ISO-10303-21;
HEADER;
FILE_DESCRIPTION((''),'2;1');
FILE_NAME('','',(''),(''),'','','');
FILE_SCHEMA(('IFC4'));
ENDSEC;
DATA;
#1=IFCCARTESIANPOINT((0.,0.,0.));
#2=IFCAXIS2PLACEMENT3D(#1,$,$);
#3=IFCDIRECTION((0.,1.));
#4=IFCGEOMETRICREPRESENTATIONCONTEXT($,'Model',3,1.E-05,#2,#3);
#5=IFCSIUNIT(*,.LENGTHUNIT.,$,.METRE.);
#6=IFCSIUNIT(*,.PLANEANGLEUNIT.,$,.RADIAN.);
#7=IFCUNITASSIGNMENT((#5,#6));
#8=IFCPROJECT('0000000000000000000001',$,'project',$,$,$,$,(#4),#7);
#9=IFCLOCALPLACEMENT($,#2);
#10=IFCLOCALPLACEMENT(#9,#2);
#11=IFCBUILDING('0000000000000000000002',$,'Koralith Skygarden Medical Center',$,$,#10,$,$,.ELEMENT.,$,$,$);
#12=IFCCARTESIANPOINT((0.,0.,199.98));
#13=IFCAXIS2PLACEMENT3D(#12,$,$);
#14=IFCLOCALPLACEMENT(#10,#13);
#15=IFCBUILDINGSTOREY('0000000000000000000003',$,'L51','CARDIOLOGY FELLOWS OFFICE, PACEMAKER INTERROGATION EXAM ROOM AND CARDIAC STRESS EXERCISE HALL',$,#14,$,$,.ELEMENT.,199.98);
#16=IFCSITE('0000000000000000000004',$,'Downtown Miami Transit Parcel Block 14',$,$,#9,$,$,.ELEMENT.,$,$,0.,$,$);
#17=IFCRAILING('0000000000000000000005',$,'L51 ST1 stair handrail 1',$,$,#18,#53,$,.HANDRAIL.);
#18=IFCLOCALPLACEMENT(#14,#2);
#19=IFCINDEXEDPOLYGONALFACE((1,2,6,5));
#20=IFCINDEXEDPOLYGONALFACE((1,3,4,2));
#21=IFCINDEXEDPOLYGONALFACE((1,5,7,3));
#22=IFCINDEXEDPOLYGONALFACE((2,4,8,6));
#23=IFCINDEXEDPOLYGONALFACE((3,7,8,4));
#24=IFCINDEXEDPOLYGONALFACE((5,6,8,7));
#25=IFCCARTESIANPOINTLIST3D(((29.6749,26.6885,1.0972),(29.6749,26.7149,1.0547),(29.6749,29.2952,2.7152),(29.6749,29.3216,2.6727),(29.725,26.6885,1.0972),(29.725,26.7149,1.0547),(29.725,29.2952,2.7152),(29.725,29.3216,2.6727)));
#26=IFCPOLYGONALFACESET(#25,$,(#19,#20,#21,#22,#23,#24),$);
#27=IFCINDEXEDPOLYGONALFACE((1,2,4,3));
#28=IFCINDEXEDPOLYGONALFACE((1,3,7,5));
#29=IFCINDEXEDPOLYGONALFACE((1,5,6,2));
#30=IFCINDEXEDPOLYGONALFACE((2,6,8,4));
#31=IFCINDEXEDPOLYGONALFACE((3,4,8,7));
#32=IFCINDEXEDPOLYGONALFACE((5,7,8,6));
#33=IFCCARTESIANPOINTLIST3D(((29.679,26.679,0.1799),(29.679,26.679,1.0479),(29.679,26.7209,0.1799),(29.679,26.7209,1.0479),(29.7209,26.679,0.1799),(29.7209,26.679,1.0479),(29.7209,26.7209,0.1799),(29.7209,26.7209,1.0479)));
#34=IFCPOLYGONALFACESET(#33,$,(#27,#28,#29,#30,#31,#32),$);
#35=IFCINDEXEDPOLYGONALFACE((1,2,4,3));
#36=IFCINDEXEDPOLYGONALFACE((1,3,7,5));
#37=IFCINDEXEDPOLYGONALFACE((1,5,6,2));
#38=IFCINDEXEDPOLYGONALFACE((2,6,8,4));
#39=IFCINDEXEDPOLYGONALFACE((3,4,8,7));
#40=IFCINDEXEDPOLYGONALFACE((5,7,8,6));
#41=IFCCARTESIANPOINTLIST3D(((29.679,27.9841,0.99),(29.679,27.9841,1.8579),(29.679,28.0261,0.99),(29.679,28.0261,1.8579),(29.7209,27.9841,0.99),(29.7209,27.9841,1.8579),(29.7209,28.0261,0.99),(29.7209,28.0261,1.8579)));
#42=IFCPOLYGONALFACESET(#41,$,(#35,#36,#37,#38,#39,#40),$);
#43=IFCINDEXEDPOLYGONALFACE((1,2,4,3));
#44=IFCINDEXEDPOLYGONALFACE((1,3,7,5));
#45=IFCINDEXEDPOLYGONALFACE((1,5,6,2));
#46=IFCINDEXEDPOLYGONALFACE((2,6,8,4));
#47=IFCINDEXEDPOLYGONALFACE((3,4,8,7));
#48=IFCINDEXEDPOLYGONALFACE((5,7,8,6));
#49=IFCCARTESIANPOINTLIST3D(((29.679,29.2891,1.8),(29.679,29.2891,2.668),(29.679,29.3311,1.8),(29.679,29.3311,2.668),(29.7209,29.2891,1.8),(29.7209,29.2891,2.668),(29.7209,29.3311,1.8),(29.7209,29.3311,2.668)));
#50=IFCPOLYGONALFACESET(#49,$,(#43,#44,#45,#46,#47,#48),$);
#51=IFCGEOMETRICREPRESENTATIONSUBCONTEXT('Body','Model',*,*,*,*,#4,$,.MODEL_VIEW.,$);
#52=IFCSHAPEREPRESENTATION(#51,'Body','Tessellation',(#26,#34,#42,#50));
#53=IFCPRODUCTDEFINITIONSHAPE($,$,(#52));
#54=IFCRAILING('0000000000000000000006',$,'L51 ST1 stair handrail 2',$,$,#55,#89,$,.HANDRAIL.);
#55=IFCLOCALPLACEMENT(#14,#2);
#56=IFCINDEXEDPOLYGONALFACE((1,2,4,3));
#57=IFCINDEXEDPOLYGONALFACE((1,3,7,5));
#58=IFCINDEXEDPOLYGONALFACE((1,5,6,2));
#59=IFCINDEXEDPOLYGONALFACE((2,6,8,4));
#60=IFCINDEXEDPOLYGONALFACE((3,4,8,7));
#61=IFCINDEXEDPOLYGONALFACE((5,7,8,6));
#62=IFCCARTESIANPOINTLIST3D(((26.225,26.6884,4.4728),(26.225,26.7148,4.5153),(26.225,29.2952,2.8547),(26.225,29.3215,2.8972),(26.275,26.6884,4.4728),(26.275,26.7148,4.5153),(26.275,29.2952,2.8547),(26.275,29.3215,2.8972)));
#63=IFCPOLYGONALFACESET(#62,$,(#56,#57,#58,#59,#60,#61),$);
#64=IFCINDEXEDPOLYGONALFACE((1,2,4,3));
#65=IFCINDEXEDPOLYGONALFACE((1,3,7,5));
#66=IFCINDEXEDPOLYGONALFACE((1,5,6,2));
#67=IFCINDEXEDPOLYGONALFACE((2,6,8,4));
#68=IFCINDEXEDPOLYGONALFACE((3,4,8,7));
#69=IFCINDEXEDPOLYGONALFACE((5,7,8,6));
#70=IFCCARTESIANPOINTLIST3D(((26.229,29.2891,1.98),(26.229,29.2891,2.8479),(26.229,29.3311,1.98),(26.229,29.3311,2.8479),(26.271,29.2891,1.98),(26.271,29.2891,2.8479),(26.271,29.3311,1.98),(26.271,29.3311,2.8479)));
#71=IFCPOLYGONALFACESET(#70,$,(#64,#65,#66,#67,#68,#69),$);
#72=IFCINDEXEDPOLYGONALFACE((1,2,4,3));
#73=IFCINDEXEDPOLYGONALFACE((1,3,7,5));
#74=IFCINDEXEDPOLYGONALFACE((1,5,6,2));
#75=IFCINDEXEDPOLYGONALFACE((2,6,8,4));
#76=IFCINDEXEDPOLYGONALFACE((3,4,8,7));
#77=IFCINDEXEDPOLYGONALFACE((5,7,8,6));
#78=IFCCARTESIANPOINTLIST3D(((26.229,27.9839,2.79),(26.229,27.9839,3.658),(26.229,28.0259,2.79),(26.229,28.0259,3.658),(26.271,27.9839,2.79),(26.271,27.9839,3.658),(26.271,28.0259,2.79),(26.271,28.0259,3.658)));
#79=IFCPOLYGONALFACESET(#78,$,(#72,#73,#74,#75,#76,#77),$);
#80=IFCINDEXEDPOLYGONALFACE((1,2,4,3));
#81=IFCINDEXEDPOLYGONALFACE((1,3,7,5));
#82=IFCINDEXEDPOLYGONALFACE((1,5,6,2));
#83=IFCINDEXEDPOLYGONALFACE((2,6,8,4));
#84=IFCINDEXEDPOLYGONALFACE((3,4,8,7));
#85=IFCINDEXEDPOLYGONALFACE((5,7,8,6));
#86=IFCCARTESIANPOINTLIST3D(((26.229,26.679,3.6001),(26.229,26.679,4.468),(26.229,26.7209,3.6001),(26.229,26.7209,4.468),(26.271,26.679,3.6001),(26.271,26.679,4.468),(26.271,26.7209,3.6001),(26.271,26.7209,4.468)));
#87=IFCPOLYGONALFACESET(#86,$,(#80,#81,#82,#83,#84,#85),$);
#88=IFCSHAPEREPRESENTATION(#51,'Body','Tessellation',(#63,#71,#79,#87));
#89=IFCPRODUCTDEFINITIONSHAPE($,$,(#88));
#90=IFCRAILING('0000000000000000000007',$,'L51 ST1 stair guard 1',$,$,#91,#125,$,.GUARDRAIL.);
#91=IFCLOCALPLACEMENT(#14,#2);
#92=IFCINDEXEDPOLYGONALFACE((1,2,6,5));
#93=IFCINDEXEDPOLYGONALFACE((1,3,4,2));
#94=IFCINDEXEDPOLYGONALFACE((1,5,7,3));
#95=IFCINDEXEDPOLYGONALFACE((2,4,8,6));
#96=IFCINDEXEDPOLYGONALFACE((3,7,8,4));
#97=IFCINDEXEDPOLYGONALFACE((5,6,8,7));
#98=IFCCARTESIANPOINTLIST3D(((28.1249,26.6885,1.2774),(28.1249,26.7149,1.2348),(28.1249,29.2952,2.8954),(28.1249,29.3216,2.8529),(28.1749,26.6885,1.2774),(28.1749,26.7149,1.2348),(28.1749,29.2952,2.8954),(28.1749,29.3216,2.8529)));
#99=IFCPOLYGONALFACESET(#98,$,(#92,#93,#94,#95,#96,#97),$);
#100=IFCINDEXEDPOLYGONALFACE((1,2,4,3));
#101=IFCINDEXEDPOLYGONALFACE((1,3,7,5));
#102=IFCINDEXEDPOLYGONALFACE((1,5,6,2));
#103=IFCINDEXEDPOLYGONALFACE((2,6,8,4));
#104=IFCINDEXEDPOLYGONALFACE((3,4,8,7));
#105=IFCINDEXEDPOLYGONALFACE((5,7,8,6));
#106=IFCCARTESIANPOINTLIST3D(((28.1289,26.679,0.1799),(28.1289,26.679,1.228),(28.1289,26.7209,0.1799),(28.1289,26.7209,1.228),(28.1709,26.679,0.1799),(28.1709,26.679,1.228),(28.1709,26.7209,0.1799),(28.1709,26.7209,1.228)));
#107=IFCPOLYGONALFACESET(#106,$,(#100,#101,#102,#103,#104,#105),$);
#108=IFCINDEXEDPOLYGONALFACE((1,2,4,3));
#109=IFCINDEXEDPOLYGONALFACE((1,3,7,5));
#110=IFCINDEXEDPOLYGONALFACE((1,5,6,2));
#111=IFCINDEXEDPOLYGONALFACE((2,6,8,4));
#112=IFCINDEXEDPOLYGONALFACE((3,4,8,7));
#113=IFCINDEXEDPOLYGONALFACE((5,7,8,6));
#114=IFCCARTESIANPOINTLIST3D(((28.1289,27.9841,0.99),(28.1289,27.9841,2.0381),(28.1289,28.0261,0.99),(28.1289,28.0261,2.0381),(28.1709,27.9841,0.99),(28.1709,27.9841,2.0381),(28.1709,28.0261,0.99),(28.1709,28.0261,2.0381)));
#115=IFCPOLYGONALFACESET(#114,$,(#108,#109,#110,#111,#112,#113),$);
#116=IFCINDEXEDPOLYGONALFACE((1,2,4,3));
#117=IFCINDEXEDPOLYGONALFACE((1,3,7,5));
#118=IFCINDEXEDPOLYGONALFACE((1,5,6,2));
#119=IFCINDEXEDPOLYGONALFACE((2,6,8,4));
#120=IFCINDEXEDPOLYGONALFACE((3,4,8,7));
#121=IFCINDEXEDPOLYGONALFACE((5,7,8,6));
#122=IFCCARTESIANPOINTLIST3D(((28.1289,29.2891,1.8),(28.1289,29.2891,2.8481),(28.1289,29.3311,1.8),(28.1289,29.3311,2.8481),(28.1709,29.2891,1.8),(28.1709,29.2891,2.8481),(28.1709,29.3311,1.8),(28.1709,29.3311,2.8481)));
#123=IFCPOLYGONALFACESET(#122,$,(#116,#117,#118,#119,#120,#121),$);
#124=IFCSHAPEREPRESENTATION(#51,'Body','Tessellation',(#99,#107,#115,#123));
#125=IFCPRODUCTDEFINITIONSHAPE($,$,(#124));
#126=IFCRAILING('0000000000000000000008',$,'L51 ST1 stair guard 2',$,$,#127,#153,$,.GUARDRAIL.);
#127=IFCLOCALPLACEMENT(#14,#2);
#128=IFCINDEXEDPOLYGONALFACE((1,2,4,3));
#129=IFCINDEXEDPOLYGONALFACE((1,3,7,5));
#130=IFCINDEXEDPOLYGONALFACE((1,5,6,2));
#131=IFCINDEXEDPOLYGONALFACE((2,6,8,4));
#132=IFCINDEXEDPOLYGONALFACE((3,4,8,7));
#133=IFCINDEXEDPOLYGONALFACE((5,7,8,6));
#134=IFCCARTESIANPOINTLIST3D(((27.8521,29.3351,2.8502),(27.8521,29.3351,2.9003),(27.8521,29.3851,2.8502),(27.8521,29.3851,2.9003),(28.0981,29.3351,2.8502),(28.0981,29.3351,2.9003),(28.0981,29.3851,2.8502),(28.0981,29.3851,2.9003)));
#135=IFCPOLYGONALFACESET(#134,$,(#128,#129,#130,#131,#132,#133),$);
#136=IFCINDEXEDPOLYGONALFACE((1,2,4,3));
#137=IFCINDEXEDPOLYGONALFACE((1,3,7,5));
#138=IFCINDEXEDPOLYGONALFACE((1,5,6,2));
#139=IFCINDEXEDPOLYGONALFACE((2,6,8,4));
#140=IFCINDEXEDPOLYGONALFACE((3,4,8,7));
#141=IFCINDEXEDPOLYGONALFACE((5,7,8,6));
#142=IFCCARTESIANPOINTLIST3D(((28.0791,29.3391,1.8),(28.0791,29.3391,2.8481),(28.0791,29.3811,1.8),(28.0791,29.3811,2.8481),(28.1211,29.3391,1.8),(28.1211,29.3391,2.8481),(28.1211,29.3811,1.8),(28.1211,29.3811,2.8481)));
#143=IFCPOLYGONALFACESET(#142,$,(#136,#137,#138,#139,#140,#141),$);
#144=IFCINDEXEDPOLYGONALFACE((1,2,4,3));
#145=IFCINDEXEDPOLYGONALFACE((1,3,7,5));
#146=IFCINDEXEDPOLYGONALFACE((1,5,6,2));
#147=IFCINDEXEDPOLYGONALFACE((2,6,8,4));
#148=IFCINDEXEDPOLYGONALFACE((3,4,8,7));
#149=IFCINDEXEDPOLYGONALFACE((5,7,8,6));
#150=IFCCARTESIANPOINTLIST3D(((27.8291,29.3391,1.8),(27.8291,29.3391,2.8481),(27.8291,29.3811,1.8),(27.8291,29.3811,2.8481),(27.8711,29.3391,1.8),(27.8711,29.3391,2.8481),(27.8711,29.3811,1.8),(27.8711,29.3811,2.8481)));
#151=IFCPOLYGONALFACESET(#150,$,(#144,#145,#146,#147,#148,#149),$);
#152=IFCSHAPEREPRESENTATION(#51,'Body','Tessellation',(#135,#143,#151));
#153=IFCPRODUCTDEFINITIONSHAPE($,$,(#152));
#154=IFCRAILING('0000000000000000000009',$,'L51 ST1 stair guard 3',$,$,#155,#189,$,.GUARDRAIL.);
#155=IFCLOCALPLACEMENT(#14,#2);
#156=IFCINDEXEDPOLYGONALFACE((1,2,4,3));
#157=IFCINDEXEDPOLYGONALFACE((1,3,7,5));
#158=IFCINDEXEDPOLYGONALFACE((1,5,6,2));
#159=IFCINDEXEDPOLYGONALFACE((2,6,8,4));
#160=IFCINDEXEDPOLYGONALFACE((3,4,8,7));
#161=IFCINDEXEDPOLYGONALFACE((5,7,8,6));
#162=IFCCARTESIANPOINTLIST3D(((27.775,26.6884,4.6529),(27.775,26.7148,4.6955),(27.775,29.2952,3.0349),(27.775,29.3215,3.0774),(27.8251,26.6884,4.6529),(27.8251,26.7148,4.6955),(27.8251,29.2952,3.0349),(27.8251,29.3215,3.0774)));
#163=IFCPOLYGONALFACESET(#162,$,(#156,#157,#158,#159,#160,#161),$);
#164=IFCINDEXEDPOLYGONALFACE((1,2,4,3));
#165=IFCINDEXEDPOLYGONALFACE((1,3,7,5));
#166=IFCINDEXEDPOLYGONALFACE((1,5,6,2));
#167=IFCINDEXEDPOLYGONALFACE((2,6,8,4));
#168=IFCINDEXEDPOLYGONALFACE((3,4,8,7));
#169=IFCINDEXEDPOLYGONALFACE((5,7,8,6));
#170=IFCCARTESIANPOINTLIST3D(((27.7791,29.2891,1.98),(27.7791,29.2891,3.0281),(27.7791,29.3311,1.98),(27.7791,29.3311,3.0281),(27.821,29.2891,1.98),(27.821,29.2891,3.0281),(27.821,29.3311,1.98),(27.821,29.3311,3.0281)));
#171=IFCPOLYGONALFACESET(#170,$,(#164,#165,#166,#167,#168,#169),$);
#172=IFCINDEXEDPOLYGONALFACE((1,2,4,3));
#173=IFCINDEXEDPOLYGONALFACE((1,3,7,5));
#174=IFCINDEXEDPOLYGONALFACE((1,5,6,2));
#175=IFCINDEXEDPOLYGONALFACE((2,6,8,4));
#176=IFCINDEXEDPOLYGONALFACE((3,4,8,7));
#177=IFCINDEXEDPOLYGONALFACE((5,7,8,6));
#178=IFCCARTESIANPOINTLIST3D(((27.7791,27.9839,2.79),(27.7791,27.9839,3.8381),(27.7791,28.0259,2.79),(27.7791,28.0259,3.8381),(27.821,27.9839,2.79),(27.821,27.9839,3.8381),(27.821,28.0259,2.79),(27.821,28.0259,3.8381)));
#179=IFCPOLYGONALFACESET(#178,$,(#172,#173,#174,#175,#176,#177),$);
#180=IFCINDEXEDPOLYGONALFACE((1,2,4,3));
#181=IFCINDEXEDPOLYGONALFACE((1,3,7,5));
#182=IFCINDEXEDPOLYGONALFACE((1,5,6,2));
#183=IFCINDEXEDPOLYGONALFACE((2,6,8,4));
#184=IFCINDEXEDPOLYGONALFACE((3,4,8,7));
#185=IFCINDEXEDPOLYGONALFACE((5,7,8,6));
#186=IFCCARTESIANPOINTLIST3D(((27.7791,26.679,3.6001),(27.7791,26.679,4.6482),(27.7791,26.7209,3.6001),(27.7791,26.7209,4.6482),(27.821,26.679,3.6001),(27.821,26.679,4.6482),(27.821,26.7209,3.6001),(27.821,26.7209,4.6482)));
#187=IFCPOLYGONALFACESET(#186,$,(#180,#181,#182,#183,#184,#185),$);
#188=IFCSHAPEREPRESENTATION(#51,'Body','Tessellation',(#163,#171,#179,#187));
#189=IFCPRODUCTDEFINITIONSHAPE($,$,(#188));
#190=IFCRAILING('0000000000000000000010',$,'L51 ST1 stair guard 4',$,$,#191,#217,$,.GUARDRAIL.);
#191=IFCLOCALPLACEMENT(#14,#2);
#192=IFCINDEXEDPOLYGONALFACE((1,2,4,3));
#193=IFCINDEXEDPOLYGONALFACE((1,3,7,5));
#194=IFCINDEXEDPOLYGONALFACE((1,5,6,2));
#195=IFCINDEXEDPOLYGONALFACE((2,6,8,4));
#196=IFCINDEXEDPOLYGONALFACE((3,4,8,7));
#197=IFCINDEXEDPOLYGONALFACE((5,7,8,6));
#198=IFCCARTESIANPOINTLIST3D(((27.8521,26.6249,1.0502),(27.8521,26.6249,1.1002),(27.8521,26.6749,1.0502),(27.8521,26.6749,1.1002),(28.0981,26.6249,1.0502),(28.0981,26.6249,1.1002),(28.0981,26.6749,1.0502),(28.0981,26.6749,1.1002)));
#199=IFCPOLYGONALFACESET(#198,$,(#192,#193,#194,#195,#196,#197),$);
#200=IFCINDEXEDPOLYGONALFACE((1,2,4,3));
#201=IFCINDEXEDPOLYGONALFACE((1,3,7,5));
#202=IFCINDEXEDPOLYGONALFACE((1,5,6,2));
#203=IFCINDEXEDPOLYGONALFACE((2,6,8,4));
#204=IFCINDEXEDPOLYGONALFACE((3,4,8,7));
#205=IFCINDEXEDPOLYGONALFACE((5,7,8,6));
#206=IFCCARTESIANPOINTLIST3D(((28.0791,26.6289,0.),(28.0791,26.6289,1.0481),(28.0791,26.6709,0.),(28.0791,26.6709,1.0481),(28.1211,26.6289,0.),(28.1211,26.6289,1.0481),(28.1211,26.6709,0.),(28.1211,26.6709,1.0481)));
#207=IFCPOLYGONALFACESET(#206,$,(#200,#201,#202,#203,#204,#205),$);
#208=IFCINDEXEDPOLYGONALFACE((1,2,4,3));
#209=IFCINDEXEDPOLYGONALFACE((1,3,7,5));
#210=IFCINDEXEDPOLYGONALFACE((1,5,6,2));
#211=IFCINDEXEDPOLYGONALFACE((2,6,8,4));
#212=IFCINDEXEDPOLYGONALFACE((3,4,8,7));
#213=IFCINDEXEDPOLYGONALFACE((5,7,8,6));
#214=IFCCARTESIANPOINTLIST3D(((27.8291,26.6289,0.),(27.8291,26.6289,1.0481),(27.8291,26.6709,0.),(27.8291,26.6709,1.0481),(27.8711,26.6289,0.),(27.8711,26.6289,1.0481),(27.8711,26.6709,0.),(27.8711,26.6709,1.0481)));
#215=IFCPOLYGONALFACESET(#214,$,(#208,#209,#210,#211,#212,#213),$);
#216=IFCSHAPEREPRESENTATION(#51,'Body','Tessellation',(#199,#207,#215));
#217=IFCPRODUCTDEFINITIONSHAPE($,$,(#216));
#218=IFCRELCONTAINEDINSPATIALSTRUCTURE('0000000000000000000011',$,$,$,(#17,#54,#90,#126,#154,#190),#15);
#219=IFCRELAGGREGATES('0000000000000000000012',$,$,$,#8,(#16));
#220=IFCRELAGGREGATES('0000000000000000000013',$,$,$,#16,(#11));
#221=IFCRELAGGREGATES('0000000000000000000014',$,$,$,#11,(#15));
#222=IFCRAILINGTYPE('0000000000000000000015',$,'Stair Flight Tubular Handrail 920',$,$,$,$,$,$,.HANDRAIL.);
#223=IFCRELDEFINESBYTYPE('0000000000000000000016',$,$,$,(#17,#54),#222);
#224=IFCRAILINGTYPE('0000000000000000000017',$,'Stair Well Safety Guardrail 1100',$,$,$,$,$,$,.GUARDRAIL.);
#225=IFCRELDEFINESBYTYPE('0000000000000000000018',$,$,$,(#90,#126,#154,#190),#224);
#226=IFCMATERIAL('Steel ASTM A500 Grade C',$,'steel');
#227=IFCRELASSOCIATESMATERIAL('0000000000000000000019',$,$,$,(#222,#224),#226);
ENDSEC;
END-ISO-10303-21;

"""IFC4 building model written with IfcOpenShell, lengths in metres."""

from ifc_helpers import new_model, si_unit, direction, frame, origin, origin_2d, place, context, subcontext, project, spatial, rectangle, extrude, material, type_object, element, save


model = new_model("IFC4")

# Units and contexts
model_context = context("Model", 3, precision=1e-05, world=origin(), true_north=direction((0.0, 1.0)))
body_context = subcontext(model_context, "Body", "Model", "MODEL_VIEW")
ifc_project = project(units=[si_unit("LENGTHUNIT", "METRE"), si_unit("PLANEANGLEUNIT", "RADIAN")], contexts=[model_context])

# Site, building, storey
site_placement = place(None, origin())
site = spatial("IfcSite", under=ifc_project, at=site_placement, Name="Downtown Miami Transit Parcel Block 14", CompositionType="ELEMENT", RefElevation=0.0)
building_placement = place(site_placement, origin())
building = spatial("IfcBuilding", under=site, at=building_placement, Name="Koralith Skygarden Medical Center", CompositionType="ELEMENT")
storey_placement = place(building_placement, frame((0.0, 0.0, 199.98)))
storey = spatial("IfcBuildingStorey", under=building, at=storey_placement, Name="L51", Description="CARDIOLOGY FELLOWS OFFICE, PACEMAKER INTERROGATION EXAM ROOM AND CARDIAC STRESS EXERCISE HALL", CompositionType="ELEMENT", Elevation=199.98)

# Shared definitions
ifc_material_1 = material(Name="Steel ASTM A500 Grade C", Category="steel")

# Railings
railing_type_1 = type_object("IfcRailingType", Name="Stair Flight Tubular Handrail 920", PredefinedType="HANDRAIL", material=ifc_material_1)
railing_1_placement = place(storey_placement, frame((29.7, 26.7, 0.1799)))
element("IfcRailing", 1, at=railing_1_placement, inside=storey, type_object=railing_type_1, Name="L51 ST1 stair handrail 1", PredefinedType="HANDRAIL", context=body_context, shape_type="SweptSolid", body=[
    extrude(rectangle(XDim=0.05, YDim=0.05, at=origin_2d()), frame((0.0, 0.0017, 0.896), z_axis=(0.0, 0.849633, 0.527375), x_axis=(-1.0, 0.0, 0.0)), (0.0, 0.0, 1.0), 3.0681),
    extrude(rectangle(XDim=0.042, YDim=0.042, at=origin_2d()), origin(), (0.0, 0.0, 1.0), 0.8679),
    extrude(rectangle(XDim=0.042, YDim=0.042, at=origin_2d()), frame((0.0, 1.3052, 0.8101)), (0.0, 0.0, 1.0), 0.8679),
    extrude(rectangle(XDim=0.042, YDim=0.042, at=origin_2d()), frame((0.0, 2.6101, 1.6201)), (0.0, 0.0, 1.0), 0.8679),
])
railing_2_placement = place(storey_placement, frame((26.25, 29.3101, 1.98)))
element("IfcRailing", 2, at=railing_2_placement, inside=storey, type_object=railing_type_1, Name="L51 ST1 stair handrail 2", PredefinedType="HANDRAIL", context=body_context, shape_type="SweptSolid", body=[
    extrude(rectangle(XDim=0.05, YDim=0.05, at=origin_2d()), frame((0.0, -0.0017, 0.896), z_axis=(0.0, -0.849633, 0.527375), x_axis=(1.0, 0.0, 0.0)), (0.0, 0.0, 1.0), 3.0681),
    extrude(rectangle(XDim=0.042, YDim=0.042, at=origin_2d()), origin(), (0.0, 0.0, 1.0), 0.8679),
    extrude(rectangle(XDim=0.042, YDim=0.042, at=origin_2d()), frame((0.0, -1.3052, 0.8101)), (0.0, 0.0, 1.0), 0.8679),
    extrude(rectangle(XDim=0.042, YDim=0.042, at=origin_2d()), frame((0.0, -2.6101, 1.6201)), (0.0, 0.0, 1.0), 0.8679),
])
railing_type_2 = type_object("IfcRailingType", Name="Stair Well Safety Guardrail 1100", PredefinedType="GUARDRAIL", material=ifc_material_1)
railing_3_placement = place(storey_placement, frame((28.1499, 26.7, 0.1799)))
element("IfcRailing", 3, at=railing_3_placement, inside=storey, type_object=railing_type_2, Name="L51 ST1 stair guard 1", PredefinedType="GUARDRAIL", context=body_context, shape_type="SweptSolid", body=[
    extrude(rectangle(XDim=0.05, YDim=0.05, at=origin_2d()), frame((0.0, 0.0017, 1.0762), z_axis=(0.0, 0.849633, 0.527375), x_axis=(-1.0, 0.0, 0.0)), (0.0, 0.0, 1.0), 3.0681),
    extrude(rectangle(XDim=0.042, YDim=0.042, at=origin_2d()), origin(), (0.0, 0.0, 1.0), 1.0481),
    extrude(rectangle(XDim=0.042, YDim=0.042, at=origin_2d()), frame((0.0, 1.3052, 0.8101)), (0.0, 0.0, 1.0), 1.0481),
    extrude(rectangle(XDim=0.042, YDim=0.042, at=origin_2d()), frame((0.0, 2.6101, 1.6201)), (0.0, 0.0, 1.0), 1.0481),
])
railing_4_placement = place(storey_placement, frame((28.1001, 29.3601, 1.8)))
element("IfcRailing", 4, at=railing_4_placement, inside=storey, type_object=railing_type_2, Name="L51 ST1 stair guard 2", PredefinedType="GUARDRAIL", context=body_context, shape_type="SweptSolid", body=[
    extrude(rectangle(XDim=0.05, YDim=0.05, at=origin_2d()), frame((-0.002, 0.0, 1.0752), z_axis=(-1.0, 0.0, 0.0), x_axis=(0.0, -1.0, 0.0)), (0.0, 0.0, 1.0), 0.2461),
    extrude(rectangle(XDim=0.042, YDim=0.042, at=origin_2d()), origin(), (0.0, 0.0, 1.0), 1.0481),
    extrude(rectangle(XDim=0.042, YDim=0.042, at=origin_2d()), frame((-0.25, 0.0, 0.0)), (0.0, 0.0, 1.0), 1.0481),
])
railing_5_placement = place(storey_placement, frame((27.8, 29.3101, 1.98)))
element("IfcRailing", 5, at=railing_5_placement, inside=storey, type_object=railing_type_2, Name="L51 ST1 stair guard 3", PredefinedType="GUARDRAIL", context=body_context, shape_type="SweptSolid", body=[
    extrude(rectangle(XDim=0.05, YDim=0.05, at=origin_2d()), frame((0.0, -0.0017, 1.0762), z_axis=(0.0, -0.849633, 0.527375), x_axis=(1.0, 0.0, 0.0)), (0.0, 0.0, 1.0), 3.0681),
    extrude(rectangle(XDim=0.042, YDim=0.042, at=origin_2d()), origin(), (0.0, 0.0, 1.0), 1.0481),
    extrude(rectangle(XDim=0.042, YDim=0.042, at=origin_2d()), frame((0.0, -1.3052, 0.8101)), (0.0, 0.0, 1.0), 1.0481),
    extrude(rectangle(XDim=0.042, YDim=0.042, at=origin_2d()), frame((0.0, -2.6101, 1.6201)), (0.0, 0.0, 1.0), 1.0481),
])
railing_6_placement = place(storey_placement, frame((28.1001, 26.6499, 0.0)))
element("IfcRailing", 6, at=railing_6_placement, inside=storey, type_object=railing_type_2, Name="L51 ST1 stair guard 4", PredefinedType="GUARDRAIL", context=body_context, shape_type="SweptSolid", body=[
    extrude(rectangle(XDim=0.05, YDim=0.05, at=origin_2d()), frame((-0.002, 0.0, 1.0752), z_axis=(-1.0, 0.0, 0.0), x_axis=(0.0, -1.0, 0.0)), (0.0, 0.0, 1.0), 0.2461),
    extrude(rectangle(XDim=0.042, YDim=0.042, at=origin_2d()), origin(), (0.0, 0.0, 1.0), 1.0481),
    extrude(rectangle(XDim=0.042, YDim=0.042, at=origin_2d()), frame((-0.25, 0.0, 0.0)), (0.0, 0.0, 1.0), 1.0481),
])

save(model, "model.ifc")
